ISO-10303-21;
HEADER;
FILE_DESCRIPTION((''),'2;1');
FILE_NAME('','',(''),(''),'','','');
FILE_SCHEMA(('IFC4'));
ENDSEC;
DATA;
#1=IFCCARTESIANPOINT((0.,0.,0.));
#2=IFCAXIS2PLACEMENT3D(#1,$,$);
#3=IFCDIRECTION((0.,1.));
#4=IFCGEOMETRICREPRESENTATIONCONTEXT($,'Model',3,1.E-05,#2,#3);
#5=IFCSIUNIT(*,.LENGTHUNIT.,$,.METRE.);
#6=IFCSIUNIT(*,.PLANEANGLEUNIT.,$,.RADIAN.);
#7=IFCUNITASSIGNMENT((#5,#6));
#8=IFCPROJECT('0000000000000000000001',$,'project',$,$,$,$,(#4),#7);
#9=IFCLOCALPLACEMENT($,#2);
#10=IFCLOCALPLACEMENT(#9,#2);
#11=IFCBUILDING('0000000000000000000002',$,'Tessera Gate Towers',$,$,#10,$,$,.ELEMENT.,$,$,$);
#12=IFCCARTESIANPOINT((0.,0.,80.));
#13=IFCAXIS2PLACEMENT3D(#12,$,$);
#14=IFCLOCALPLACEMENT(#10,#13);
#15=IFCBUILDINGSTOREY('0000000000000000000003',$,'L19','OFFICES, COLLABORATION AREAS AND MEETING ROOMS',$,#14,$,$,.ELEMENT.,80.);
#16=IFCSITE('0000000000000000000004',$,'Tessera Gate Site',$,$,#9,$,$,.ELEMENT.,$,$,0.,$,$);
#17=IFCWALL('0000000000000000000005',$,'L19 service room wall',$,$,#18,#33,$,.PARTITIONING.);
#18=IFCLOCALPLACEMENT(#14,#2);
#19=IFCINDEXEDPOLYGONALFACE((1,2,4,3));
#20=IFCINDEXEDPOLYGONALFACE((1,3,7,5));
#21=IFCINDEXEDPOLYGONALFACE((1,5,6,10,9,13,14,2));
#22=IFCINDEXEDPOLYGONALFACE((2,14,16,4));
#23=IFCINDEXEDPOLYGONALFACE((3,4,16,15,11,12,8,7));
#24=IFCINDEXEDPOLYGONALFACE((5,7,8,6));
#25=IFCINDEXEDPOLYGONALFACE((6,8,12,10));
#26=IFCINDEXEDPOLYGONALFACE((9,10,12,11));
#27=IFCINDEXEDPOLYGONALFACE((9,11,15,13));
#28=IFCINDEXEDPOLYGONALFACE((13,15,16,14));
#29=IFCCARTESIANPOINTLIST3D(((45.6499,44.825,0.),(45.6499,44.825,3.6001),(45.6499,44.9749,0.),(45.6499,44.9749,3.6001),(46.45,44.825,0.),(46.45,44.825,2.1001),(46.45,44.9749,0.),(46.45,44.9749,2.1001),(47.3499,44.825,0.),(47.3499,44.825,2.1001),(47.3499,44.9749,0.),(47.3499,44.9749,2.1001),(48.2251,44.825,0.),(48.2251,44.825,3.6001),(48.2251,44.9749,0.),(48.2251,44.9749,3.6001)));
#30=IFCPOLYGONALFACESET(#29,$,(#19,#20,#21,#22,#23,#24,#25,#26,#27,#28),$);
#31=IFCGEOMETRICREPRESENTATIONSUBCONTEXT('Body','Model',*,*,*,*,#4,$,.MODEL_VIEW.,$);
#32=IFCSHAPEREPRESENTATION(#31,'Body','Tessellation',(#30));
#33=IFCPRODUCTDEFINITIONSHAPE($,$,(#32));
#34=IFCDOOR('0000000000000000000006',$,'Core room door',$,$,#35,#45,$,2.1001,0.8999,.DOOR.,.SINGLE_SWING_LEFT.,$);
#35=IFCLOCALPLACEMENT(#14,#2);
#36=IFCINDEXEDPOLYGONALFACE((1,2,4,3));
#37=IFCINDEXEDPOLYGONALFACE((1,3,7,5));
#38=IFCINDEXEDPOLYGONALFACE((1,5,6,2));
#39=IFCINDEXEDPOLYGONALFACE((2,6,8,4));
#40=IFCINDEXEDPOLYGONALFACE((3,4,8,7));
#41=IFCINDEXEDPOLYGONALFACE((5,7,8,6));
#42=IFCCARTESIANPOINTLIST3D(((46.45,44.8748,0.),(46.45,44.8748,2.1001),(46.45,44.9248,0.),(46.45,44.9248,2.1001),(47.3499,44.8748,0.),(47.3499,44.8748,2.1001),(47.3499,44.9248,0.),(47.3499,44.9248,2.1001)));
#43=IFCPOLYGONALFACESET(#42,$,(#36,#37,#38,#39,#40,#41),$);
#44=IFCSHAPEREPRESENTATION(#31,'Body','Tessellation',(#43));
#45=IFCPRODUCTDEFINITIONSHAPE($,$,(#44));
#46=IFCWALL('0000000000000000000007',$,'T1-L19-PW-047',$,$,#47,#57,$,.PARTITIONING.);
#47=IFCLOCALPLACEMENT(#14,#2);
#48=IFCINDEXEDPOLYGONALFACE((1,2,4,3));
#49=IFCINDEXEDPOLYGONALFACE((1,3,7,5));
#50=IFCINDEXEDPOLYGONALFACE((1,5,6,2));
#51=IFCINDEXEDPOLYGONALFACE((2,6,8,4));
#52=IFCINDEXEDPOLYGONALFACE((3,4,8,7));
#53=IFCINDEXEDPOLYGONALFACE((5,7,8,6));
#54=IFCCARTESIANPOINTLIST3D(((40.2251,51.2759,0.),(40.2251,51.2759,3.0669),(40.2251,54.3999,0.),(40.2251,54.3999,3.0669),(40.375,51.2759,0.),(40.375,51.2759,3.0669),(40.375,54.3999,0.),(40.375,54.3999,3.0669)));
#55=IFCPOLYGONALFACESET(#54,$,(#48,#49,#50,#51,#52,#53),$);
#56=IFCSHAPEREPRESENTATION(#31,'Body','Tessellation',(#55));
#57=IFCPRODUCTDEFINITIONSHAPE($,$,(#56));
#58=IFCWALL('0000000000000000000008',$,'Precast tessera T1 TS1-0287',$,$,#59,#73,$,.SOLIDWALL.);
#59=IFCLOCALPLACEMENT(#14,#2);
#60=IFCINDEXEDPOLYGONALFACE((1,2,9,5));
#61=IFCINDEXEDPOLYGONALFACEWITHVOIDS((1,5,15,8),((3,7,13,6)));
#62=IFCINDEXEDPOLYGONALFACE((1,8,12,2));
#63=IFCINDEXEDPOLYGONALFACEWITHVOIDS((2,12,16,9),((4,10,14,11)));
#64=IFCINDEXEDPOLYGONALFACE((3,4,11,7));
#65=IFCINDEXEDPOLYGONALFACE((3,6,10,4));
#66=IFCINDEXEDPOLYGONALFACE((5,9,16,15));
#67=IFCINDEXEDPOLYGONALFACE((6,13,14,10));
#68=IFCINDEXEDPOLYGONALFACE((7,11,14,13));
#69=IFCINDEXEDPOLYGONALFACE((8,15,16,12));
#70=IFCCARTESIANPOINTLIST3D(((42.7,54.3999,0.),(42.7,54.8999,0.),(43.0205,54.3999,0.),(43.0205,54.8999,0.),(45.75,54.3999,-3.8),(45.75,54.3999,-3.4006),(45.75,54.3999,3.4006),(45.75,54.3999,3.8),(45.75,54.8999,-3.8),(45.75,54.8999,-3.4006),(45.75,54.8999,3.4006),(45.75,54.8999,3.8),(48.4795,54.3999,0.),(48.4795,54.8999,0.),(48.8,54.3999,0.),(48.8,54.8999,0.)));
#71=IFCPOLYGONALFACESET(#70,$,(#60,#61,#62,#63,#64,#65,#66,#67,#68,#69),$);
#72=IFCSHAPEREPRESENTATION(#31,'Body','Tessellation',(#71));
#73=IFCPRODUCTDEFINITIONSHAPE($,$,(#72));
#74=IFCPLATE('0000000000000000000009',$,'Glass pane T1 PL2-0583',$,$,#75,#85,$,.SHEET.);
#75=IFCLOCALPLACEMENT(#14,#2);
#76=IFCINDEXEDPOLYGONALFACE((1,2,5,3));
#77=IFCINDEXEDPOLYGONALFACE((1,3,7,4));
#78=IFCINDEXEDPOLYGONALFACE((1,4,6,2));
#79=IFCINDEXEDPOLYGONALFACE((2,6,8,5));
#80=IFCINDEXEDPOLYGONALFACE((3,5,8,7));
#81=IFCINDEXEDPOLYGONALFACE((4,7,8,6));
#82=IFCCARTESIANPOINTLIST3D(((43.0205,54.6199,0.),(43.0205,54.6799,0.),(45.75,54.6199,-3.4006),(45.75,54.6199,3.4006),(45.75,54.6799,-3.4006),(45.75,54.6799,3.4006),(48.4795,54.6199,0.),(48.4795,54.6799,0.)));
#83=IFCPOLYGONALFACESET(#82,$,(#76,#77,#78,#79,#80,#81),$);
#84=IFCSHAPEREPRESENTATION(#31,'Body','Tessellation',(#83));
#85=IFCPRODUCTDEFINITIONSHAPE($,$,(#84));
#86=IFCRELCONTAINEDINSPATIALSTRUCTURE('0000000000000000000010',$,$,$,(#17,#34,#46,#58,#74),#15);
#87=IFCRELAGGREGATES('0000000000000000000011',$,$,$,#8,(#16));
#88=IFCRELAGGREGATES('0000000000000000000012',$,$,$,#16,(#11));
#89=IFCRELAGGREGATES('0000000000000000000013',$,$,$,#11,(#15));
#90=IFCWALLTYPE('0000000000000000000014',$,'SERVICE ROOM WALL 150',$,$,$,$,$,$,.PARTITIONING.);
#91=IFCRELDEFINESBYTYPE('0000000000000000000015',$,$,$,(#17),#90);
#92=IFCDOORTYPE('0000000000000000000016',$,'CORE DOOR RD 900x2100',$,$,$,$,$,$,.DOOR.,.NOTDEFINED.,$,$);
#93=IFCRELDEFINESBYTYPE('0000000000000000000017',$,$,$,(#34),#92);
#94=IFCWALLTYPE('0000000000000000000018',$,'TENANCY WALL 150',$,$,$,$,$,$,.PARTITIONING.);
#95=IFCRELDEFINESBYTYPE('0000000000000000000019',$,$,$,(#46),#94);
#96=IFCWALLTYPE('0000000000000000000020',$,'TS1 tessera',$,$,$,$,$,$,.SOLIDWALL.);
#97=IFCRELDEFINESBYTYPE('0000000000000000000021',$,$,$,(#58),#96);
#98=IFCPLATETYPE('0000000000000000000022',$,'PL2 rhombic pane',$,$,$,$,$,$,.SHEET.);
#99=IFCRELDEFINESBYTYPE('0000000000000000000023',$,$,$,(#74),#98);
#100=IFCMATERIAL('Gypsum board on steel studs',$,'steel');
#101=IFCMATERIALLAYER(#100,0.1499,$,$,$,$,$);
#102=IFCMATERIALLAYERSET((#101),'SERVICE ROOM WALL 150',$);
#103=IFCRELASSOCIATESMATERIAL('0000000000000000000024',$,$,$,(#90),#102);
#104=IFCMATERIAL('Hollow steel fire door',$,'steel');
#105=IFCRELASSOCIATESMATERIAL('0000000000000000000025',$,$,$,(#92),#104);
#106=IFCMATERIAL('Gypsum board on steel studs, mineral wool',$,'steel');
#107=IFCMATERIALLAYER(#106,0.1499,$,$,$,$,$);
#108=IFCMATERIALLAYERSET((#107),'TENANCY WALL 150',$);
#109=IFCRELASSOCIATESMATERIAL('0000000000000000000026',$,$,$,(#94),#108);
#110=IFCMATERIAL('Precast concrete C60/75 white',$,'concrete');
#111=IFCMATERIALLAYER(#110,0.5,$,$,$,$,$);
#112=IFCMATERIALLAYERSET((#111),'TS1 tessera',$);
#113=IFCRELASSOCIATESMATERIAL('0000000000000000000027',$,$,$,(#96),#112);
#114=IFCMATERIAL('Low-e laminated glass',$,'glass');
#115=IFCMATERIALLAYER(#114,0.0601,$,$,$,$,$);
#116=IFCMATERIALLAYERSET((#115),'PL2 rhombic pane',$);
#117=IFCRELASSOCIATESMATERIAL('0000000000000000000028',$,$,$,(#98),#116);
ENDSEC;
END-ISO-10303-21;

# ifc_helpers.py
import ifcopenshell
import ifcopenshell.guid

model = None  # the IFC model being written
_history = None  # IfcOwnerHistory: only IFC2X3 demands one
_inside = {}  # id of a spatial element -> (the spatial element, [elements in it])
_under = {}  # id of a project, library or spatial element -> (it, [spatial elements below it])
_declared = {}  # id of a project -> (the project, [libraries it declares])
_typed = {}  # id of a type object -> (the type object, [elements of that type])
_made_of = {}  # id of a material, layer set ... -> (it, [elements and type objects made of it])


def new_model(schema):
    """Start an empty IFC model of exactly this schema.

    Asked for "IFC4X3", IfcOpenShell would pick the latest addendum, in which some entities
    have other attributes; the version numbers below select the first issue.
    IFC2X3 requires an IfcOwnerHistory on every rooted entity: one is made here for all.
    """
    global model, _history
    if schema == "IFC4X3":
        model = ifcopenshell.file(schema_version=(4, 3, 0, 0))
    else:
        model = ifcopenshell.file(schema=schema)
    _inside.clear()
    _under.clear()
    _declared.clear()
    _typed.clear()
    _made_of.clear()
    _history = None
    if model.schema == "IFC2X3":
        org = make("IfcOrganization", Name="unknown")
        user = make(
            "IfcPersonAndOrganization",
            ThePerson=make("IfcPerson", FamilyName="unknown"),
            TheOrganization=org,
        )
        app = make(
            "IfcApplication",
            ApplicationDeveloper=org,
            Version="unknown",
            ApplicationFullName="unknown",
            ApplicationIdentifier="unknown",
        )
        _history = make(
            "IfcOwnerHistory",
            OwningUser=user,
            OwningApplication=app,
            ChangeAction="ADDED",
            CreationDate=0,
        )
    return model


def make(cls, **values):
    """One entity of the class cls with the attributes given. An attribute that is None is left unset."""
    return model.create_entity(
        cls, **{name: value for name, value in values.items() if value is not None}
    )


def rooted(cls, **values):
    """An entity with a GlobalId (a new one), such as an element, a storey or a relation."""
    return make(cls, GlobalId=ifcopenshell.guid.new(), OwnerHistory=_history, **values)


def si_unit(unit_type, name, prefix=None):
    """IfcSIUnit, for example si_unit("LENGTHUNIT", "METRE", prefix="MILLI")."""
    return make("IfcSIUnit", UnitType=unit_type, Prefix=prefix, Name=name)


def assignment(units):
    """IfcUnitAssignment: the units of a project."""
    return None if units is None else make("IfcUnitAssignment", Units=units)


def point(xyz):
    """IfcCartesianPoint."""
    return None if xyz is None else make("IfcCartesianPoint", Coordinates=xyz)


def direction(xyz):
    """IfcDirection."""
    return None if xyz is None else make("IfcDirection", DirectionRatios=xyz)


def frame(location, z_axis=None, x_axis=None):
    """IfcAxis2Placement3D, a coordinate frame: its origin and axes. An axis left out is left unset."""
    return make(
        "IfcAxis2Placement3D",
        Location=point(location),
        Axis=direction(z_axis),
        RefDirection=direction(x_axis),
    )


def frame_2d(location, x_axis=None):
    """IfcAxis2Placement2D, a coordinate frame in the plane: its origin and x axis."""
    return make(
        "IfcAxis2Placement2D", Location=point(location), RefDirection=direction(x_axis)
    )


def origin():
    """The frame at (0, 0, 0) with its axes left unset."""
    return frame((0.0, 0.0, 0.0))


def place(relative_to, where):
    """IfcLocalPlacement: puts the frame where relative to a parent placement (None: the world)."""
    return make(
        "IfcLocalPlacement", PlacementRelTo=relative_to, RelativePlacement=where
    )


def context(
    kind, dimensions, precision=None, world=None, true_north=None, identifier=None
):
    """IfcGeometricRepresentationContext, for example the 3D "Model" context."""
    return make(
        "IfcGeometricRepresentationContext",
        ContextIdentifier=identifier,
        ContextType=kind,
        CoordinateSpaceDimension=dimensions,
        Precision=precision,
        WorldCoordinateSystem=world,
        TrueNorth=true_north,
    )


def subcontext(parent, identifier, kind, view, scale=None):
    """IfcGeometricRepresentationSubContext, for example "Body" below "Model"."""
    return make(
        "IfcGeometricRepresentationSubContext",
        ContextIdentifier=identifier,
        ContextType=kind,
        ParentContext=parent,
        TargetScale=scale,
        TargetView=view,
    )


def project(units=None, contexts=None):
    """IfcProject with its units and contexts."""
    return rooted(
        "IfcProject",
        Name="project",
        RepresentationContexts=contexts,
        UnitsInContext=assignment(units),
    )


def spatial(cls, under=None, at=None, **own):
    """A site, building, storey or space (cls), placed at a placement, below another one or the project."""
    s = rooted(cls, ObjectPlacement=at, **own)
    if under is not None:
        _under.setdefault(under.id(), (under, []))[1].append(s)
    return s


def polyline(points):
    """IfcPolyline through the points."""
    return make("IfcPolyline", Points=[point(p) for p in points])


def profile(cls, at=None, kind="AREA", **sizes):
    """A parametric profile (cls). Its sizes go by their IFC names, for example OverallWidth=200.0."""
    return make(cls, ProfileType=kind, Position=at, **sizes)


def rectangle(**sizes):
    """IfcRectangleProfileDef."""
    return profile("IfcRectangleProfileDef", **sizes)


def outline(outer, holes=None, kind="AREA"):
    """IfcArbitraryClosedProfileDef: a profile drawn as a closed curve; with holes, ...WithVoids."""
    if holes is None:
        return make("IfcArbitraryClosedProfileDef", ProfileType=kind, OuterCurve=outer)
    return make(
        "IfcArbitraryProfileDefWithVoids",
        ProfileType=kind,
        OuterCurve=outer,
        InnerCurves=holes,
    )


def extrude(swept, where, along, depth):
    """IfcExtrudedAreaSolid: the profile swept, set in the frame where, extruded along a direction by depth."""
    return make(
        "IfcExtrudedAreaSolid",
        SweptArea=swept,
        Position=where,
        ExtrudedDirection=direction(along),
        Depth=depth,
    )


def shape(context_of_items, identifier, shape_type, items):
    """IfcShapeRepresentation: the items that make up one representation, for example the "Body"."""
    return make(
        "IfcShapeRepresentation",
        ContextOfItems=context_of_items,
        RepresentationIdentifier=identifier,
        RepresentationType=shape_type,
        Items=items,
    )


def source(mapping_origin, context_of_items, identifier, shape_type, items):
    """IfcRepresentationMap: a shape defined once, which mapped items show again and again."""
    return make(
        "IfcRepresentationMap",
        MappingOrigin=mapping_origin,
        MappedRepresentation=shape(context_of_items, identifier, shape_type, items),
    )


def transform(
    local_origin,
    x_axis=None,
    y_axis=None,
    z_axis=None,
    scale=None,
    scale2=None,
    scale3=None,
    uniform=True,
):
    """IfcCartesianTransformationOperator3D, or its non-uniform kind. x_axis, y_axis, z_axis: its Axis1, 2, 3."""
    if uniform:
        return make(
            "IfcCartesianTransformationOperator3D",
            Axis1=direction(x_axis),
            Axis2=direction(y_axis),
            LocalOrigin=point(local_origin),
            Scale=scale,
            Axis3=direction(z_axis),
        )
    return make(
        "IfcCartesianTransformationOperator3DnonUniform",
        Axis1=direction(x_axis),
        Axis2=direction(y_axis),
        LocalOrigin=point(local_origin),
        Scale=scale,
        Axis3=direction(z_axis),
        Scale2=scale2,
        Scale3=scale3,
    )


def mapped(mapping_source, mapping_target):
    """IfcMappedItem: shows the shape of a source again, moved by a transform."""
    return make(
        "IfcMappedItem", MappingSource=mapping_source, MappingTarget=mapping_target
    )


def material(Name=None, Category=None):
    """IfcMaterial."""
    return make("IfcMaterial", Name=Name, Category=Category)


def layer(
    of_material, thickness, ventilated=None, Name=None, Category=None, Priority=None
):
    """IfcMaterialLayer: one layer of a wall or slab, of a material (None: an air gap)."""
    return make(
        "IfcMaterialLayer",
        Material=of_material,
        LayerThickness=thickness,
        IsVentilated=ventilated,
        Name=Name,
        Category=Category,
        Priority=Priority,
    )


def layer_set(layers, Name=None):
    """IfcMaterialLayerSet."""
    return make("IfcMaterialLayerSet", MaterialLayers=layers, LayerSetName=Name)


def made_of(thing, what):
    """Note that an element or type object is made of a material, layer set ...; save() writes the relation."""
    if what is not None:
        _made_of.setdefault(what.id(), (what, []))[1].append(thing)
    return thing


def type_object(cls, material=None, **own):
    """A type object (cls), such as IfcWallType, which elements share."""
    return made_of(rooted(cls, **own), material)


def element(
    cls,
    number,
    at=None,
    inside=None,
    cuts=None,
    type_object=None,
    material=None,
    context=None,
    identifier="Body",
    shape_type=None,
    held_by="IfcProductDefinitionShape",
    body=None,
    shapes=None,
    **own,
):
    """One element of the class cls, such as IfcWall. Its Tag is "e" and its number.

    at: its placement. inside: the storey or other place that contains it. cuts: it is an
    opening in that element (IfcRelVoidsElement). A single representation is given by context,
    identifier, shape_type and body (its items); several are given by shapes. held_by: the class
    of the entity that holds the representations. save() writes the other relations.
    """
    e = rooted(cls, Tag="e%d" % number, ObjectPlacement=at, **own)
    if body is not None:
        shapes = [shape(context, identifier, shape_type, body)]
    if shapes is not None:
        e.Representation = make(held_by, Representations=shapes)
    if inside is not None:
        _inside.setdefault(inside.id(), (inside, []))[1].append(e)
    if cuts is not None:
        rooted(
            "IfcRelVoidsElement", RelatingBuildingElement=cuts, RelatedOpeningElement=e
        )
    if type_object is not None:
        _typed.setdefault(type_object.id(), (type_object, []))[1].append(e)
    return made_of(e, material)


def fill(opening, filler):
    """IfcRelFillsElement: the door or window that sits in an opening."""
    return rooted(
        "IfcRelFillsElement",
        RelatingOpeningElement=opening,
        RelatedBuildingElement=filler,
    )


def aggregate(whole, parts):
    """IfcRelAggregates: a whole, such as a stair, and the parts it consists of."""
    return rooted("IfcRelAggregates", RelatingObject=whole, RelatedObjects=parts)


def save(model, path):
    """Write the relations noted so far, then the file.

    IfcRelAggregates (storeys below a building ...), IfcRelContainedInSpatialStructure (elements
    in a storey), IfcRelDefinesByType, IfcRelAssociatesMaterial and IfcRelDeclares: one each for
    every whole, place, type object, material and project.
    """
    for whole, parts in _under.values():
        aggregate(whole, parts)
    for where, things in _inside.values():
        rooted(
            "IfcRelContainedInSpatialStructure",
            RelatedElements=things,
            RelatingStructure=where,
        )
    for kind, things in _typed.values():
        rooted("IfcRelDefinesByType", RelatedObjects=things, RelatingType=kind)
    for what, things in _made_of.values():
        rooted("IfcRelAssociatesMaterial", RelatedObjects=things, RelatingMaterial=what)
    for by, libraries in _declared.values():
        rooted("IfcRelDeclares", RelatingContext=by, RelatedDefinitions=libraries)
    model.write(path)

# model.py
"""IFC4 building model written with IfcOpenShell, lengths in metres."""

from ifc_helpers import new_model, si_unit, direction, frame, frame_2d, origin, place, context, subcontext, project, spatial, polyline, rectangle, outline, extrude, source, transform, mapped, material, layer, layer_set, type_object, element, fill, save


model = new_model("IFC4")

# Units and contexts
model_context = context("Model", 3, precision=1e-05, world=origin(), true_north=direction((0.0, 1.0)))
body_context = subcontext(model_context, "Body", "Model", "MODEL_VIEW")
ifc_project = project(units=[si_unit("LENGTHUNIT", "METRE"), si_unit("PLANEANGLEUNIT", "RADIAN")], contexts=[model_context])

# Site, building, storey
site_placement = place(None, origin())
site = spatial("IfcSite", under=ifc_project, at=site_placement, Name="Tessera Gate Site", CompositionType="ELEMENT", RefElevation=0.0)
building_placement = place(site_placement, origin())
building = spatial("IfcBuilding", under=site, at=building_placement, Name="Tessera Gate Towers", CompositionType="ELEMENT")
storey_placement = place(building_placement, frame((0.0, 0.0, 80.0)))
storey = spatial("IfcBuildingStorey", under=building, at=storey_placement, Name="L19", Description="OFFICES, COLLABORATION AREAS AND MEETING ROOMS", CompositionType="ELEMENT", Elevation=80.0)

# Wall, opening, door
ifc_material_1 = material(Name="Gypsum board on steel studs", Category="steel")
ifc_layer_1 = layer(ifc_material_1, 0.1499)
ifc_layer_set_1 = layer_set([ifc_layer_1], Name="SERVICE ROOM WALL 150")
wall_type_1 = type_object("IfcWallType", Name="SERVICE ROOM WALL 150", PredefinedType="PARTITIONING", material=ifc_layer_set_1)
wall_1_placement = place(storey_placement, frame((45.6499, 44.8999, 0.0), z_axis=(0.0, 0.0, 1.0), x_axis=(1.0, 0.0, 0.0)))
wall_1 = element("IfcWall", 1, at=wall_1_placement, inside=storey, type_object=wall_type_1, Name="L19 service room wall", PredefinedType="PARTITIONING", context=body_context, shape_type="SweptSolid", body=[
    extrude(rectangle(XDim=2.5752, YDim=0.1499, at=frame_2d((1.2876, 0.0))), origin(), (0.0, 0.0, 1.0), 3.6001),
])
shared_shape_1 = source(origin(), body_context, "Body", "SweptSolid", [
    extrude(rectangle(XDim=0.8999, YDim=2.1001, at=frame_2d((0.45, 1.05))), frame((0.0, 0.085, 0.0), z_axis=(0.0, -1.0, 0.0), x_axis=(1.0, 0.0, 0.0)), (0.0, 0.0, 1.0), 0.1699),
])
opening_1_placement = place(wall_1_placement, frame((0.8, 0.0, 0.0)))
opening_1 = element("IfcOpeningElement", 2, at=opening_1_placement, cuts=wall_1, PredefinedType="OPENING", context=body_context, shape_type="MappedRepresentation", body=[
    mapped(shared_shape_1, transform((0.0, 0.0, 0.0), scale=1.0)),
])
ifc_material_2 = material(Name="Hollow steel fire door", Category="steel")
door_type_1 = type_object("IfcDoorType", Name="CORE DOOR RD 900x2100", OperationType="NOTDEFINED", PredefinedType="DOOR", material=ifc_material_2)
shared_shape_2 = source(origin(), body_context, "Body", "SweptSolid", [
    extrude(rectangle(XDim=0.8999, YDim=2.1001, at=frame_2d((0.45, 1.05))), frame((0.0, 0.0249, 0.0), z_axis=(0.0, -1.0, 0.0), x_axis=(1.0, 0.0, 0.0)), (0.0, 0.0, 1.0), 0.05),
])
door_1_placement = place(opening_1_placement, origin())
door_1 = element("IfcDoor", 3, at=door_1_placement, inside=storey, type_object=door_type_1, Name="Core room door", OperationType="SINGLE_SWING_LEFT", OverallHeight=2.1001, OverallWidth=0.8999, PredefinedType="DOOR", context=body_context, shape_type="MappedRepresentation", body=[
    mapped(shared_shape_2, transform((0.0, 0.0, 0.0), scale=1.0)),
])
fill(opening_1, door_1)

# Wall
ifc_material_3 = material(Name="Gypsum board on steel studs, mineral wool", Category="steel")
ifc_layer_2 = layer(ifc_material_3, 0.1499)
ifc_layer_set_2 = layer_set([ifc_layer_2], Name="TENANCY WALL 150")
wall_type_2 = type_object("IfcWallType", Name="TENANCY WALL 150", PredefinedType="PARTITIONING", material=ifc_layer_set_2)
wall_2_placement = place(storey_placement, frame((40.3, 51.2759, 0.0), z_axis=(0.0, 0.0, 1.0), x_axis=(0.0, 1.0, 0.0)))
element("IfcWall", 4, at=wall_2_placement, inside=storey, type_object=wall_type_2, Name="T1-L19-PW-047", PredefinedType="PARTITIONING", context=body_context, shape_type="SweptSolid", body=[
    extrude(rectangle(XDim=3.124, YDim=0.1499, at=frame_2d((1.562, 0.0))), origin(), (0.0, 0.0, 1.0), 3.0669),
])

# Wall, opening, plate
ifc_material_4 = material(Name="Precast concrete C60/75 white", Category="concrete")
ifc_layer_3 = layer(ifc_material_4, 0.5)
ifc_layer_set_3 = layer_set([ifc_layer_3], Name="TS1 tessera")
wall_type_3 = type_object("IfcWallType", Name="TS1 tessera", PredefinedType="SOLIDWALL", material=ifc_layer_set_3)
shared_shape_3 = source(origin(), body_context, "Body", "SweptSolid", [
    extrude(outline(polyline([(3.05, 0.0), (6.1001, 3.8), (3.05, 7.6001), (0.0, 3.8), (3.05, 0.0)])), frame((0.0, 0.25, 0.0), z_axis=(0.0, -1.0, 0.0), x_axis=(1.0, 0.0, 0.0)), (0.0, 0.0, 1.0), 0.5),
])
wall_3_placement = place(storey_placement, frame((48.8, 54.6499, -3.8), z_axis=(0.0, 0.0, 1.0), x_axis=(-1.0, 0.0, 0.0)))
wall_3 = element("IfcWall", 5, at=wall_3_placement, inside=storey, type_object=wall_type_3, Name="Precast tessera T1 TS1-0287", PredefinedType="SOLIDWALL", context=body_context, shape_type="MappedRepresentation", body=[
    mapped(shared_shape_3, transform((0.0, 0.0, 0.0), scale=1.0)),
])
shared_shape_4 = source(origin(), body_context, "Body", "SweptSolid", [
    extrude(outline(polyline([(3.05, 0.3994), (5.7795, 3.8), (3.05, 7.2007), (0.3206, 3.8), (3.05, 0.3994)])), frame((0.0, 0.26, 0.0), z_axis=(0.0, -1.0, 0.0), x_axis=(1.0, 0.0, 0.0)), (0.0, 0.0, 1.0), 0.52),
])
opening_2_placement = place(wall_3_placement, origin())
opening_2 = element("IfcOpeningElement", 6, at=opening_2_placement, cuts=wall_3, PredefinedType="OPENING", context=body_context, shape_type="MappedRepresentation", body=[
    mapped(shared_shape_4, transform((0.0, 0.0, 0.0), scale=1.0)),
])
ifc_material_5 = material(Name="Low-e laminated glass", Category="glass")
ifc_layer_4 = layer(ifc_material_5, 0.0601)
ifc_layer_set_4 = layer_set([ifc_layer_4], Name="PL2 rhombic pane")
plate_type = type_object("IfcPlateType", Name="PL2 rhombic pane", PredefinedType="SHEET", material=ifc_layer_set_4)
shared_shape_5 = source(origin(), body_context, "Body", "SweptSolid", [
    extrude(outline(polyline([(3.05, 0.3994), (5.7795, 3.8), (3.05, 7.2007), (0.3206, 3.8), (3.05, 0.3994)])), frame((0.0, 0.03, 0.0), z_axis=(0.0, -1.0, 0.0), x_axis=(1.0, 0.0, 0.0)), (0.0, 0.0, 1.0), 0.0601),
])
plate_placement = place(opening_2_placement, origin())
plate = element("IfcPlate", 7, at=plate_placement, inside=storey, type_object=plate_type, Name="Glass pane T1 PL2-0583", PredefinedType="SHEET", context=body_context, shape_type="MappedRepresentation", body=[
    mapped(shared_shape_5, transform((0.0, 0.0, 0.0), scale=1.0)),
])
fill(opening_2, plate)

save(model, "model.ifc")
